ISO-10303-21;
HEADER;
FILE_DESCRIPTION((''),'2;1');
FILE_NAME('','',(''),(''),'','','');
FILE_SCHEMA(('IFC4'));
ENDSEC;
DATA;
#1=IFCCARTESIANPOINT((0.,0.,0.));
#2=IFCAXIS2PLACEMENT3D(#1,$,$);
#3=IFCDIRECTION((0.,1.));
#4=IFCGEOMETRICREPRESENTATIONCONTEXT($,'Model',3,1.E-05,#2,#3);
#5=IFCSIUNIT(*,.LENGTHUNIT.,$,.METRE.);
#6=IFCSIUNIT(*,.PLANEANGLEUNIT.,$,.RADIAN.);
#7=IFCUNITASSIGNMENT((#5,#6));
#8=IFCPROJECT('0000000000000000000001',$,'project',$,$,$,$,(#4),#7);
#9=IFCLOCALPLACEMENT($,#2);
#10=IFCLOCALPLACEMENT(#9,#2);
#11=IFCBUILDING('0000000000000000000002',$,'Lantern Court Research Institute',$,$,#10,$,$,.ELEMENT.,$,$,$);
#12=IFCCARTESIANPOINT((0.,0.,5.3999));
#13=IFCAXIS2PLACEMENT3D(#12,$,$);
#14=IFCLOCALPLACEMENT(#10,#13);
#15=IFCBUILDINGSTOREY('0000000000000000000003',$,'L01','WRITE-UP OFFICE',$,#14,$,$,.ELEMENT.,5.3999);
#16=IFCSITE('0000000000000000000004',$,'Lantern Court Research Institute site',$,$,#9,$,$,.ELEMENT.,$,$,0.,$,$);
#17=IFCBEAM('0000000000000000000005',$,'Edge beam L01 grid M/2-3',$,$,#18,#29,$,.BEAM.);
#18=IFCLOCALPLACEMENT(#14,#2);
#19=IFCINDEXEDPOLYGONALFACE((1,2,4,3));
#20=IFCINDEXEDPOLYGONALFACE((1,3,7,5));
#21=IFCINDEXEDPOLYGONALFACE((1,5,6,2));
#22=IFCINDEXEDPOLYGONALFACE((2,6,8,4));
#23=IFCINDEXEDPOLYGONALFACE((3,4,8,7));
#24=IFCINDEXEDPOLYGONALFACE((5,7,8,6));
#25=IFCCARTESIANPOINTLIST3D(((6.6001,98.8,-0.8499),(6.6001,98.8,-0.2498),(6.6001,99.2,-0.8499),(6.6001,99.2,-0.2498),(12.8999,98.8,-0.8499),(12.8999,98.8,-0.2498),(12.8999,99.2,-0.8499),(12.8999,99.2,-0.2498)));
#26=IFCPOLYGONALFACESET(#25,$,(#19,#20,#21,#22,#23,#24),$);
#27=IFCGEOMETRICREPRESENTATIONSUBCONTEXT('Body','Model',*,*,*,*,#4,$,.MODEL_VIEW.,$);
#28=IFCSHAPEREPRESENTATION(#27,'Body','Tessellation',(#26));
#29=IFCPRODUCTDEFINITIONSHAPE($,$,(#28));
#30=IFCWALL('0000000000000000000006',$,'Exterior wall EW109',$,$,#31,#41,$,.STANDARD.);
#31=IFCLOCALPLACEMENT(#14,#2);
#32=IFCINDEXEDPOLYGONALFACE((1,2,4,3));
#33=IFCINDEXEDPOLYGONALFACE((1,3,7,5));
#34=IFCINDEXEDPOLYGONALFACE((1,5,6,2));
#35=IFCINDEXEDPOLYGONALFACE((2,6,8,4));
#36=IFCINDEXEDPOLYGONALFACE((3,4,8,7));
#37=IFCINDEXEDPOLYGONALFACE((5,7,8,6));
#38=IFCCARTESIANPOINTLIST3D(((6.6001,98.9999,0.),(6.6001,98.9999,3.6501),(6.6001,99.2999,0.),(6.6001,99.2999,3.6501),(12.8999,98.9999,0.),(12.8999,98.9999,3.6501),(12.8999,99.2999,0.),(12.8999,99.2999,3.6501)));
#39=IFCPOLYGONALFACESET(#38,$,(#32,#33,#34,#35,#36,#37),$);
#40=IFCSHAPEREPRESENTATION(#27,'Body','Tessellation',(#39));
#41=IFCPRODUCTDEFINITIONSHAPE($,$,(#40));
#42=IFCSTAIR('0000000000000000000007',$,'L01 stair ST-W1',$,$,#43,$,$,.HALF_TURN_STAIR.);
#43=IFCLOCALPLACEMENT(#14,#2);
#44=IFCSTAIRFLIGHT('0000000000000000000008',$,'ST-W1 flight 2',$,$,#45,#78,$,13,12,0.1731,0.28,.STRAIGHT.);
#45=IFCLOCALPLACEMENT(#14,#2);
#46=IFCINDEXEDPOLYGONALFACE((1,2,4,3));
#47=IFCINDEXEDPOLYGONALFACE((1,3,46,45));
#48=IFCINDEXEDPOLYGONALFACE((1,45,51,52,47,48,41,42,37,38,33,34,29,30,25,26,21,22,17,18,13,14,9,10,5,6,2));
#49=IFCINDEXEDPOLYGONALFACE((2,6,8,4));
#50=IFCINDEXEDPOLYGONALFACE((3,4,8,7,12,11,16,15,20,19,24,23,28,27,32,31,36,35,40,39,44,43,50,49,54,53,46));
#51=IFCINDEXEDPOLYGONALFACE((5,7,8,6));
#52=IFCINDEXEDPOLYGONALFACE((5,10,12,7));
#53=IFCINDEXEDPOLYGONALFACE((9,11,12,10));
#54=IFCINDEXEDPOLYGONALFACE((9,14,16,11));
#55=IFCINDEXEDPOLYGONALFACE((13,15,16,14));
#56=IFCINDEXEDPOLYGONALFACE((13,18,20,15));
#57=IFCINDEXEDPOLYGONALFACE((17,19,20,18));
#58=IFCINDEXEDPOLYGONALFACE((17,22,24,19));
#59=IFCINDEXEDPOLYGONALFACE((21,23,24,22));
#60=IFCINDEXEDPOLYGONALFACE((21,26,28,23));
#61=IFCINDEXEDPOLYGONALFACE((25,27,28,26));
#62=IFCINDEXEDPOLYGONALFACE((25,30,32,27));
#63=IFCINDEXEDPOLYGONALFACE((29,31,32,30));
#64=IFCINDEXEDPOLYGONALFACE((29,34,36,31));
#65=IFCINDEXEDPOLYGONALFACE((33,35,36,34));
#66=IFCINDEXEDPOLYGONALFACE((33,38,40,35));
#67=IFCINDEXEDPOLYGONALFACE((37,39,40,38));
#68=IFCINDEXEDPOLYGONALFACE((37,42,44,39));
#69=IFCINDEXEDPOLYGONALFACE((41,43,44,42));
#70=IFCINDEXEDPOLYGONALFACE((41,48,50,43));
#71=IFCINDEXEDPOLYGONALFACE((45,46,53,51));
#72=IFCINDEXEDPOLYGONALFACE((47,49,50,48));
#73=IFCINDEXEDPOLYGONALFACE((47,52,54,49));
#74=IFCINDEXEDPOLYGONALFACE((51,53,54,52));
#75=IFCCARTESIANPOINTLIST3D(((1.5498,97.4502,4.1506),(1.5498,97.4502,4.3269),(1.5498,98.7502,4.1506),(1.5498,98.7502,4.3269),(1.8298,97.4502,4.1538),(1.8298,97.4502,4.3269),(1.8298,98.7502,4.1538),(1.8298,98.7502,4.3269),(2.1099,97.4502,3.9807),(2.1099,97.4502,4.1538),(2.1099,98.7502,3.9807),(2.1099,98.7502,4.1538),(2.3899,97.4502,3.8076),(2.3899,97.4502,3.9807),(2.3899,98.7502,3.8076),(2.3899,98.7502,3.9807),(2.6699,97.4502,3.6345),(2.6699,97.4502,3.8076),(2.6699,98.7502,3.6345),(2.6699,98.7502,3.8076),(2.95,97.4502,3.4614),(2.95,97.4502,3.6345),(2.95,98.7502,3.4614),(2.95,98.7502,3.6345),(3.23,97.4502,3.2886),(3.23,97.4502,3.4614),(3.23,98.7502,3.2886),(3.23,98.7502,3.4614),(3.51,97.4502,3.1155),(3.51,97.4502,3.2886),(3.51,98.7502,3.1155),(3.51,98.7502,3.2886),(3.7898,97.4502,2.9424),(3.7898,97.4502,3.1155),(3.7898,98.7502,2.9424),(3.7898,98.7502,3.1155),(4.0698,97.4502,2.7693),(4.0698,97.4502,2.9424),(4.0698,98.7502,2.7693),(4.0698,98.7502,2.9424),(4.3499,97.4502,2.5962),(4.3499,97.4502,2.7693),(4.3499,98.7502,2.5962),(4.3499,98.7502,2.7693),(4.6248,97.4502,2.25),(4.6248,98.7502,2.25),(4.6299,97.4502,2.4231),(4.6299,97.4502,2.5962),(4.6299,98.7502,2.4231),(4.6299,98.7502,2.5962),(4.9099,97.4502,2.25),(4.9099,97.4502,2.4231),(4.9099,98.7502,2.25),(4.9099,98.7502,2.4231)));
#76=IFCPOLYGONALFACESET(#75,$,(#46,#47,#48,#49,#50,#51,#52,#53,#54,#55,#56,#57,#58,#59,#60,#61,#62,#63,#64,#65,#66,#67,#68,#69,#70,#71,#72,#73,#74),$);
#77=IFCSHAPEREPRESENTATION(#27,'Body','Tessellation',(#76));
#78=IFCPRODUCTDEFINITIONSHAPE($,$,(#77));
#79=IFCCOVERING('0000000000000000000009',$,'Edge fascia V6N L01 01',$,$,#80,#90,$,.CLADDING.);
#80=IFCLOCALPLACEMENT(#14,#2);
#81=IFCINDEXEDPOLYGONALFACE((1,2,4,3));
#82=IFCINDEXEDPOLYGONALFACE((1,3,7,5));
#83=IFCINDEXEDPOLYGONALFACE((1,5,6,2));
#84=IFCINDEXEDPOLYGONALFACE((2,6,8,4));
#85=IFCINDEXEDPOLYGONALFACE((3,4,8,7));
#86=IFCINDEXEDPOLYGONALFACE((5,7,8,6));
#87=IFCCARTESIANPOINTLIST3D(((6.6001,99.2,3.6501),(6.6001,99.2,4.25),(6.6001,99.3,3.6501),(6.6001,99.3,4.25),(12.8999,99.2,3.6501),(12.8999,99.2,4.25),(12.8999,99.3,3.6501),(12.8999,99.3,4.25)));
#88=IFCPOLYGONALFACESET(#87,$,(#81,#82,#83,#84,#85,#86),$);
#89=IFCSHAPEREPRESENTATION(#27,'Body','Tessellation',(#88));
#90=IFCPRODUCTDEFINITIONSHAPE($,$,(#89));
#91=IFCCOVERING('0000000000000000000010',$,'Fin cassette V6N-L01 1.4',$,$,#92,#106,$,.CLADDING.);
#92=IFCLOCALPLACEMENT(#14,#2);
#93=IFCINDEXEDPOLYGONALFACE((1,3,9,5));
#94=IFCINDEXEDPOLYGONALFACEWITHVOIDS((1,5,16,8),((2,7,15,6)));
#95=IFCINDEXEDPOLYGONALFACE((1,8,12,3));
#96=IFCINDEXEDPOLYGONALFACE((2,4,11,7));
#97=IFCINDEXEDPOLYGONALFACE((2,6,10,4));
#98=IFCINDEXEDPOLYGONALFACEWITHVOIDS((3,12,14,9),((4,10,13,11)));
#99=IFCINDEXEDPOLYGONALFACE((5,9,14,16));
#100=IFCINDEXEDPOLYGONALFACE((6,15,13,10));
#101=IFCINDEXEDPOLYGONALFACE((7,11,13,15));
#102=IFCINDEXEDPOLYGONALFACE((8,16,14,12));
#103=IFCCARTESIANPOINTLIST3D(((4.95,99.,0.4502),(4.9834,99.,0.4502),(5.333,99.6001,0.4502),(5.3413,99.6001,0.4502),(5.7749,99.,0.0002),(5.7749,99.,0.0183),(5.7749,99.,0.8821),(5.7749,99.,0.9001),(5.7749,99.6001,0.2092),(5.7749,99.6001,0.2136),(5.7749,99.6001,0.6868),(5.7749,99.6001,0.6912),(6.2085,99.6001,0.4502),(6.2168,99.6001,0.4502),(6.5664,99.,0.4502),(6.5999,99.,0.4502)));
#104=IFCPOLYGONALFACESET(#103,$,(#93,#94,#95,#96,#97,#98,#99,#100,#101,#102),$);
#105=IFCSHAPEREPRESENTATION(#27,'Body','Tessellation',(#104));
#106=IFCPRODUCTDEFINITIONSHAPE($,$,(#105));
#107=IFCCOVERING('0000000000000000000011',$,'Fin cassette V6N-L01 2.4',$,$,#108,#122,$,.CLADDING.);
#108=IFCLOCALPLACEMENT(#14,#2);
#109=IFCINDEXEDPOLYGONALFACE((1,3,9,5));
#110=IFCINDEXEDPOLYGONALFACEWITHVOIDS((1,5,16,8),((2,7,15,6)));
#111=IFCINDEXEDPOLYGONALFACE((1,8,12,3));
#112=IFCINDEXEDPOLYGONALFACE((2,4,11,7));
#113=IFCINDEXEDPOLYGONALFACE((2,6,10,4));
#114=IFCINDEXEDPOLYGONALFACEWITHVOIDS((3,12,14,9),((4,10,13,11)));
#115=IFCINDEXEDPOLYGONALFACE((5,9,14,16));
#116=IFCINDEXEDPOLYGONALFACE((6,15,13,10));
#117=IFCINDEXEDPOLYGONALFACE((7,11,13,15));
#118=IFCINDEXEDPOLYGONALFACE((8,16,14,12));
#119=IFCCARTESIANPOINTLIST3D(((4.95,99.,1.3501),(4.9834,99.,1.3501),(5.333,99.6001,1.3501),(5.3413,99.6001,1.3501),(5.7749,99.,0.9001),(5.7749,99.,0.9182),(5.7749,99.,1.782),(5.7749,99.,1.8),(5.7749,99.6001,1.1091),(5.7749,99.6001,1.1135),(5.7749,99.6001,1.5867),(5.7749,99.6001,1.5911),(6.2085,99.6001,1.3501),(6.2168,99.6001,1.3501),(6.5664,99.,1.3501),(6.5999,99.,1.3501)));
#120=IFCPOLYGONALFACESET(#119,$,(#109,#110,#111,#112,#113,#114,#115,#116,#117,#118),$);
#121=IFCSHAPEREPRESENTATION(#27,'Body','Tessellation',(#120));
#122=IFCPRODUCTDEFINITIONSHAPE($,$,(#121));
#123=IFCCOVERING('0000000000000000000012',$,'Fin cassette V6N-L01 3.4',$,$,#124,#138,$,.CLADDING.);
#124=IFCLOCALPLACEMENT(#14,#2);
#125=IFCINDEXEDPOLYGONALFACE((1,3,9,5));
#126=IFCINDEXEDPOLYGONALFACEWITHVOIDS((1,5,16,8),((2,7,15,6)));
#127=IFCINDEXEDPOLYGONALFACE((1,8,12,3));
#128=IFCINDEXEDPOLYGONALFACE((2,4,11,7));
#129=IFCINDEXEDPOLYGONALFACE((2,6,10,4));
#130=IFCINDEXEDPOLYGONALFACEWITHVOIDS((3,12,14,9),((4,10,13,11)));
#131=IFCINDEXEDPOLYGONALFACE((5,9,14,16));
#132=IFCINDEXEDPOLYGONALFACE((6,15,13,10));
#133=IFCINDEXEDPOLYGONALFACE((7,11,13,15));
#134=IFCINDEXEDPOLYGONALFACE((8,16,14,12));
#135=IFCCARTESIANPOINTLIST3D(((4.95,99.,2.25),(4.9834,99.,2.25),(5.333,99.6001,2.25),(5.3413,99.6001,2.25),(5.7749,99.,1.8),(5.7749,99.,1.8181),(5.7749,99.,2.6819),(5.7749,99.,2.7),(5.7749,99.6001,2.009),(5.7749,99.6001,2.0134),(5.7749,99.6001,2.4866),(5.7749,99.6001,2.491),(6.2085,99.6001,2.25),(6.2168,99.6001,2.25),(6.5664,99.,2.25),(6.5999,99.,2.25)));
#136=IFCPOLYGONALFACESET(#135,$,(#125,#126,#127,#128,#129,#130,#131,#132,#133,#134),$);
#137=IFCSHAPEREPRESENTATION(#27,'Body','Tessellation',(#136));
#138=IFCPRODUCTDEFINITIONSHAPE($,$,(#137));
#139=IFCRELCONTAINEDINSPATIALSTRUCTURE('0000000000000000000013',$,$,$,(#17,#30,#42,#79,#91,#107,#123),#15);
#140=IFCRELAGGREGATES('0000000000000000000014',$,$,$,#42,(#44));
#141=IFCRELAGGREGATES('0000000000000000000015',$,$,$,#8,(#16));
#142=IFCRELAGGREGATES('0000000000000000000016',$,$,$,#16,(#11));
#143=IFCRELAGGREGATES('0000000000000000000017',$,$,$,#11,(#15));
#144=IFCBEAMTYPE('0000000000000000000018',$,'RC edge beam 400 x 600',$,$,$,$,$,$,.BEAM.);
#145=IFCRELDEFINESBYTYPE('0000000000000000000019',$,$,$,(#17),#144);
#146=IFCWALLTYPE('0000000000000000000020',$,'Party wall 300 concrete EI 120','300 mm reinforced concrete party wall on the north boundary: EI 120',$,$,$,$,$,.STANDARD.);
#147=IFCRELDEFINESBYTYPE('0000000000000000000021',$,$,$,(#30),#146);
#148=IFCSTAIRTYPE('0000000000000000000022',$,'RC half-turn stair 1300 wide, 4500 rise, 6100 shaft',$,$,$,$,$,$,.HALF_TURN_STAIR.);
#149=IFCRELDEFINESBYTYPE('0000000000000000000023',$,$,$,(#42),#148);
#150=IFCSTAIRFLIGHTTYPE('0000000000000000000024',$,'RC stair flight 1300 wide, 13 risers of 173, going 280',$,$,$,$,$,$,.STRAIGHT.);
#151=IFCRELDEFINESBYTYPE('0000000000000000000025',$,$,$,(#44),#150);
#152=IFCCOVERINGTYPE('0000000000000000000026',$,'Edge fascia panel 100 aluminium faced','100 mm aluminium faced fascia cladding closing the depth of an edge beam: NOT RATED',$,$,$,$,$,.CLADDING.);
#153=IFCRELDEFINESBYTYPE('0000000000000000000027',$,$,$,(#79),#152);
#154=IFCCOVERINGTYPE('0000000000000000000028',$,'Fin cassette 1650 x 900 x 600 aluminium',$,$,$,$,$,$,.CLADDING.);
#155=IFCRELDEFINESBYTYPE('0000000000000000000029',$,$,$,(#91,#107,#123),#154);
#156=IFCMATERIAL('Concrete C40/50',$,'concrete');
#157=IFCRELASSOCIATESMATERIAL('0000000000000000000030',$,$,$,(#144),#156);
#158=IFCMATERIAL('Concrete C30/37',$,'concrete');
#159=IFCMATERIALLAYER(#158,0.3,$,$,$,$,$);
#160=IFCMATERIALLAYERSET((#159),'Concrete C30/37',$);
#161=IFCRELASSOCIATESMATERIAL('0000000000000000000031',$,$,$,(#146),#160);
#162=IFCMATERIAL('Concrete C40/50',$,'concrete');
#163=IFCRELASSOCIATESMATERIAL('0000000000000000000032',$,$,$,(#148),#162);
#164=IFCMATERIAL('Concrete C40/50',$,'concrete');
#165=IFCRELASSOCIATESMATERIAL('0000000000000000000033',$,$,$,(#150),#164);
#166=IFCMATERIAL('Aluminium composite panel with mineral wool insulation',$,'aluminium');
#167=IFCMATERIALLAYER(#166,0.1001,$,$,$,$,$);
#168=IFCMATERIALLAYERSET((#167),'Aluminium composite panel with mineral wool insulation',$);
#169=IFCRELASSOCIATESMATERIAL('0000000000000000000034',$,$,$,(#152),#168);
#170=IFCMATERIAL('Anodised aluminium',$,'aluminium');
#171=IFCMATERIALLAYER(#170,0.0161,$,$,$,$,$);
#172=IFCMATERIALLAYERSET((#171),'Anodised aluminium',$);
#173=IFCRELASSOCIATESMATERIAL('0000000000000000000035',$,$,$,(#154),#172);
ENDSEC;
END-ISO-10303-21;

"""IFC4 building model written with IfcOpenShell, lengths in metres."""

from ifc_helpers import new_model, entity, si_unit, direction, frame, frame_2d, origin, origin_2d, place, context, subcontext, project, spatial, polyline, rectangle, outline, extrude, material, layer, layer_set, material_profile, profile_set, type_object, element, aggregate, save


model = new_model("IFC4")

# Units and contexts
model_context = context("Model", 3, precision=1e-05, world=origin(), true_north=direction((0.0, 1.0)))
body_context = subcontext(model_context, "Body", "Model", "MODEL_VIEW")
ifc_project = project(units=[si_unit("LENGTHUNIT", "METRE"), si_unit("PLANEANGLEUNIT", "RADIAN")], contexts=[model_context])

# Site, building, storey
site_placement = place(None, origin())
site = spatial("IfcSite", under=ifc_project, at=site_placement, Name="Lantern Court Research Institute site", CompositionType="ELEMENT", RefElevation=0.0)
building_placement = place(site_placement, origin())
building = spatial("IfcBuilding", under=site, at=building_placement, Name="Lantern Court Research Institute", CompositionType="ELEMENT")
storey_placement = place(building_placement, frame((0.0, 0.0, 5.3999)))
storey = spatial("IfcBuildingStorey", under=building, at=storey_placement, Name="L01", Description="WRITE-UP OFFICE", CompositionType="ELEMENT", Elevation=5.3999)

# Beam
ifc_material_1 = material(Name="Concrete C40/50", Category="concrete")
ifc_material_profile = material_profile(ifc_material_1, rectangle(XDim=0.3999, YDim=0.6001, at=origin_2d()), Name="RC beam 400 x 600")
ifc_profile_set = profile_set([ifc_material_profile], Name="Concrete C40/50")
beam_type = type_object("IfcBeamType", Name="RC edge beam 400 x 600", PredefinedType="BEAM", material=ifc_profile_set)
beam_placement = place(storey_placement, frame((6.6001, 99.0, -0.5498), z_axis=(1.0, 0.0, 0.0), x_axis=(0.0, 1.0, 0.0)))
element("IfcBeam", 1, at=beam_placement, inside=storey, type_object=beam_type, Name="Edge beam L01 grid M/2-3", PredefinedType="BEAM", context=body_context, shape_type="SweptSolid", body=[
    extrude(rectangle(XDim=0.3999, YDim=0.6001, at=origin_2d()), origin(), (0.0, 0.0, 1.0), 6.2998),
])

# Wall
ifc_material_2 = material(Name="Concrete C30/37", Category="concrete")
ifc_layer_1 = layer(ifc_material_2, 0.3)
ifc_layer_set_1 = layer_set([ifc_layer_1], Name="Concrete C30/37")
wall_type = type_object("IfcWallType", Name="Party wall 300 concrete EI 120", Description="300 mm reinforced concrete party wall on the north boundary: EI 120", PredefinedType="STANDARD", material=ifc_layer_set_1)
wall_placement = place(storey_placement, frame((6.6001, 99.1499, 0.0), z_axis=(0.0, 0.0, 1.0), x_axis=(1.0, 0.0, 0.0)))
element("IfcWall", 2, at=wall_placement, inside=storey, type_object=wall_type, Name="Exterior wall EW109", PredefinedType="STANDARD", context=body_context, shape_type="SweptSolid", body=[
    extrude(rectangle(XDim=6.2998, YDim=0.3, at=frame_2d((3.1499, 0.0))), origin(), (0.0, 0.0, 1.0), 3.6501),
])

# Stair, stair flight
ifc_material_3 = material(Name="Concrete C40/50", Category="concrete")
stair_type = type_object("IfcStairType", Name="RC half-turn stair 1300 wide, 4500 rise, 6100 shaft", PredefinedType="HALF_TURN_STAIR", material=ifc_material_3)
stair_placement = place(storey_placement, origin())
stair = element("IfcStair", 3, at=stair_placement, inside=storey, type_object=stair_type, Name="L01 stair ST-W1", PredefinedType="HALF_TURN_STAIR")
ifc_material_4 = material(Name="Concrete C40/50", Category="concrete")
stair_flight_type = type_object("IfcStairFlightType", Name="RC stair flight 1300 wide, 13 risers of 173, going 280", PredefinedType="STRAIGHT", material=ifc_material_4)
stair_flight_placement = place(storey_placement, frame((4.9099, 98.1001, 2.25), z_axis=(0.0, 0.0, 1.0), x_axis=(-1.0, 0.0, 0.0)))
stair_flight = element("IfcStairFlight", 4, at=stair_flight_placement, type_object=stair_flight_type, Name="ST-W1 flight 2", NumberOfRisers=13, NumberOfTreads=12, PredefinedType="STRAIGHT", RiserHeight=0.1731, TreadLength=0.28, context=body_context, shape_type="SweptSolid", body=[
    extrude(outline(polyline([(0.0, 0.0), (0.0, 0.1731), (0.28, 0.1731), (0.28, 0.3462), (0.5601, 0.3462), (0.5601, 0.5193), (0.8401, 0.5193), (0.8401, 0.6924), (1.1201, 0.6924), (1.1201, 0.8655), (1.3999, 0.8655), (1.3999, 1.0386), (1.6799, 1.0386), (1.6799, 1.2114), (1.96, 1.2114), (1.96, 1.3845), (2.24, 1.3845), (2.24, 1.5576), (2.52, 1.5576), (2.52, 1.7307), (2.8, 1.7307), (2.8, 1.9038), (3.0801, 1.9038), (3.0801, 2.0769), (3.3601, 2.0769), (3.3601, 2.25), (3.3601, 1.9006), (0.2852, 0.0), (0.0, 0.0)])), frame((0.0, 0.6499, 0.0), z_axis=(0.0, -1.0, 0.0), x_axis=(1.0, 0.0, 0.0)), (0.0, 0.0, 1.0), 1.3),
])
aggregate(stair, [stair_flight])

# Coverings
ifc_material_5 = material(Name="Aluminium composite panel with mineral wool insulation", Category="aluminium")
ifc_layer_2 = layer(ifc_material_5, 0.1001)
ifc_layer_set_2 = layer_set([ifc_layer_2], Name="Aluminium composite panel with mineral wool insulation")
covering_type_1 = type_object("IfcCoveringType", Name="Edge fascia panel 100 aluminium faced", Description="100 mm aluminium faced fascia cladding closing the depth of an edge beam: NOT RATED", PredefinedType="CLADDING", material=ifc_layer_set_2)
covering_1_placement = place(storey_placement, frame((6.6001, 99.25, 3.6501), z_axis=(0.0, 0.0, 1.0), x_axis=(1.0, 0.0, 0.0)))
element("IfcCovering", 5, at=covering_1_placement, inside=storey, type_object=covering_type_1, Name="Edge fascia V6N L01 01", PredefinedType="CLADDING", context=body_context, shape_type="SweptSolid", body=[
    extrude(rectangle(XDim=6.2998, YDim=0.1001, at=frame_2d((3.1499, 0.0))), origin(), (0.0, 0.0, 1.0), 0.5999),
])
ifc_material_6 = material(Name="Anodised aluminium", Category="aluminium")
ifc_layer_3 = layer(ifc_material_6, 0.0161)
ifc_layer_set_3 = layer_set([ifc_layer_3], Name="Anodised aluminium")
covering_type_2 = type_object("IfcCoveringType", Name="Fin cassette 1650 x 900 x 600 aluminium", PredefinedType="CLADDING", material=ifc_layer_set_3)
covering_2_placement = place(storey_placement, frame((5.7749, 99.0, 0.4502), z_axis=(0.0, 1.0, 0.0), x_axis=(-1.0, 0.0, 0.0)))
cartesian_point_1 = entity("IfcCartesianPoint", [0.825, 0.0])
cartesian_point_2 = entity("IfcCartesianPoint", [0.7915, 0.0])
cartesian_point_3 = entity("IfcCartesianPoint", [0.4419, 0.0])
cartesian_point_4 = entity("IfcCartesianPoint", [0.4336, 0.0])
element("IfcCovering", 6, at=covering_2_placement, inside=storey, type_object=covering_type_2, Name="Fin cassette V6N-L01 1.4", PredefinedType="CLADDING", context=body_context, shape_type="SweptSolid", body=[
    entity("IfcExtrudedAreaSolidTapered", entity("IfcArbitraryProfileDefWithVoids", "AREA", None, entity("IfcPolyline", [cartesian_point_1, entity("IfcCartesianPoint", [0.0, 0.45]), entity("IfcCartesianPoint", [-0.825, 0.0]), entity("IfcCartesianPoint", [0.0, -0.45]), cartesian_point_1]), [entity("IfcPolyline", [cartesian_point_2, entity("IfcCartesianPoint", [0.0, 0.4319]), entity("IfcCartesianPoint", [-0.7915, 0.0]), entity("IfcCartesianPoint", [0.0, -0.4319]), cartesian_point_2])]), entity("IfcAxis2Placement3D", entity("IfcCartesianPoint", [0.0, 0.0, 0.0])), entity("IfcDirection", [0.0, 0.0, 1.0]), 0.6001, entity("IfcArbitraryProfileDefWithVoids", "AREA", None, entity("IfcPolyline", [cartesian_point_3, entity("IfcCartesianPoint", [0.0, 0.241]), entity("IfcCartesianPoint", [-0.4419, 0.0]), entity("IfcCartesianPoint", [0.0, -0.241]), cartesian_point_3]), [entity("IfcPolyline", [cartesian_point_4, entity("IfcCartesianPoint", [0.0, 0.2366]), entity("IfcCartesianPoint", [-0.4336, 0.0]), entity("IfcCartesianPoint", [0.0, -0.2366]), cartesian_point_4])])),
])
covering_3_placement = place(storey_placement, frame((5.7749, 99.0, 1.3501), z_axis=(0.0, 1.0, 0.0), x_axis=(-1.0, 0.0, 0.0)))
cartesian_point_5 = entity("IfcCartesianPoint", [0.825, 0.0])
cartesian_point_6 = entity("IfcCartesianPoint", [0.7915, 0.0])
cartesian_point_7 = entity("IfcCartesianPoint", [0.4419, 0.0])
cartesian_point_8 = entity("IfcCartesianPoint", [0.4336, 0.0])
element("IfcCovering", 7, at=covering_3_placement, inside=storey, type_object=covering_type_2, Name="Fin cassette V6N-L01 2.4", PredefinedType="CLADDING", context=body_context, shape_type="SweptSolid", body=[
    entity("IfcExtrudedAreaSolidTapered", entity("IfcArbitraryProfileDefWithVoids", "AREA", None, entity("IfcPolyline", [cartesian_point_5, entity("IfcCartesianPoint", [0.0, 0.45]), entity("IfcCartesianPoint", [-0.825, 0.0]), entity("IfcCartesianPoint", [0.0, -0.45]), cartesian_point_5]), [entity("IfcPolyline", [cartesian_point_6, entity("IfcCartesianPoint", [0.0, 0.4319]), entity("IfcCartesianPoint", [-0.7915, 0.0]), entity("IfcCartesianPoint", [0.0, -0.4319]), cartesian_point_6])]), entity("IfcAxis2Placement3D", entity("IfcCartesianPoint", [0.0, 0.0, 0.0])), entity("IfcDirection", [0.0, 0.0, 1.0]), 0.6001, entity("IfcArbitraryProfileDefWithVoids", "AREA", None, entity("IfcPolyline", [cartesian_point_7, entity("IfcCartesianPoint", [0.0, 0.241]), entity("IfcCartesianPoint", [-0.4419, 0.0]), entity("IfcCartesianPoint", [0.0, -0.241]), cartesian_point_7]), [entity("IfcPolyline", [cartesian_point_8, entity("IfcCartesianPoint", [0.0, 0.2366]), entity("IfcCartesianPoint", [-0.4336, 0.0]), entity("IfcCartesianPoint", [0.0, -0.2366]), cartesian_point_8])])),
])
covering_4_placement = place(storey_placement, frame((5.7749, 99.0, 2.25), z_axis=(0.0, 1.0, 0.0), x_axis=(-1.0, 0.0, 0.0)))
cartesian_point_9 = entity("IfcCartesianPoint", [0.825, 0.0])
cartesian_point_10 = entity("IfcCartesianPoint", [0.7915, 0.0])
cartesian_point_11 = entity("IfcCartesianPoint", [0.4419, 0.0])
cartesian_point_12 = entity("IfcCartesianPoint", [0.4336, 0.0])
element("IfcCovering", 8, at=covering_4_placement, inside=storey, type_object=covering_type_2, Name="Fin cassette V6N-L01 3.4", PredefinedType="CLADDING", context=body_context, shape_type="SweptSolid", body=[
    entity("IfcExtrudedAreaSolidTapered", entity("IfcArbitraryProfileDefWithVoids", "AREA", None, entity("IfcPolyline", [cartesian_point_9, entity("IfcCartesianPoint", [0.0, 0.45]), entity("IfcCartesianPoint", [-0.825, 0.0]), entity("IfcCartesianPoint", [0.0, -0.45]), cartesian_point_9]), [entity("IfcPolyline", [cartesian_point_10, entity("IfcCartesianPoint", [0.0, 0.4319]), entity("IfcCartesianPoint", [-0.7915, 0.0]), entity("IfcCartesianPoint", [0.0, -0.4319]), cartesian_point_10])]), entity("IfcAxis2Placement3D", entity("IfcCartesianPoint", [0.0, 0.0, 0.0])), entity("IfcDirection", [0.0, 0.0, 1.0]), 0.6001, entity("IfcArbitraryProfileDefWithVoids", "AREA", None, entity("IfcPolyline", [cartesian_point_11, entity("IfcCartesianPoint", [0.0, 0.241]), entity("IfcCartesianPoint", [-0.4419, 0.0]), entity("IfcCartesianPoint", [0.0, -0.241]), cartesian_point_11]), [entity("IfcPolyline", [cartesian_point_12, entity("IfcCartesianPoint", [0.0, 0.2366]), entity("IfcCartesianPoint", [-0.4336, 0.0]), entity("IfcCartesianPoint", [0.0, -0.2366]), cartesian_point_12])])),
])

save(model, "model.ifc")
